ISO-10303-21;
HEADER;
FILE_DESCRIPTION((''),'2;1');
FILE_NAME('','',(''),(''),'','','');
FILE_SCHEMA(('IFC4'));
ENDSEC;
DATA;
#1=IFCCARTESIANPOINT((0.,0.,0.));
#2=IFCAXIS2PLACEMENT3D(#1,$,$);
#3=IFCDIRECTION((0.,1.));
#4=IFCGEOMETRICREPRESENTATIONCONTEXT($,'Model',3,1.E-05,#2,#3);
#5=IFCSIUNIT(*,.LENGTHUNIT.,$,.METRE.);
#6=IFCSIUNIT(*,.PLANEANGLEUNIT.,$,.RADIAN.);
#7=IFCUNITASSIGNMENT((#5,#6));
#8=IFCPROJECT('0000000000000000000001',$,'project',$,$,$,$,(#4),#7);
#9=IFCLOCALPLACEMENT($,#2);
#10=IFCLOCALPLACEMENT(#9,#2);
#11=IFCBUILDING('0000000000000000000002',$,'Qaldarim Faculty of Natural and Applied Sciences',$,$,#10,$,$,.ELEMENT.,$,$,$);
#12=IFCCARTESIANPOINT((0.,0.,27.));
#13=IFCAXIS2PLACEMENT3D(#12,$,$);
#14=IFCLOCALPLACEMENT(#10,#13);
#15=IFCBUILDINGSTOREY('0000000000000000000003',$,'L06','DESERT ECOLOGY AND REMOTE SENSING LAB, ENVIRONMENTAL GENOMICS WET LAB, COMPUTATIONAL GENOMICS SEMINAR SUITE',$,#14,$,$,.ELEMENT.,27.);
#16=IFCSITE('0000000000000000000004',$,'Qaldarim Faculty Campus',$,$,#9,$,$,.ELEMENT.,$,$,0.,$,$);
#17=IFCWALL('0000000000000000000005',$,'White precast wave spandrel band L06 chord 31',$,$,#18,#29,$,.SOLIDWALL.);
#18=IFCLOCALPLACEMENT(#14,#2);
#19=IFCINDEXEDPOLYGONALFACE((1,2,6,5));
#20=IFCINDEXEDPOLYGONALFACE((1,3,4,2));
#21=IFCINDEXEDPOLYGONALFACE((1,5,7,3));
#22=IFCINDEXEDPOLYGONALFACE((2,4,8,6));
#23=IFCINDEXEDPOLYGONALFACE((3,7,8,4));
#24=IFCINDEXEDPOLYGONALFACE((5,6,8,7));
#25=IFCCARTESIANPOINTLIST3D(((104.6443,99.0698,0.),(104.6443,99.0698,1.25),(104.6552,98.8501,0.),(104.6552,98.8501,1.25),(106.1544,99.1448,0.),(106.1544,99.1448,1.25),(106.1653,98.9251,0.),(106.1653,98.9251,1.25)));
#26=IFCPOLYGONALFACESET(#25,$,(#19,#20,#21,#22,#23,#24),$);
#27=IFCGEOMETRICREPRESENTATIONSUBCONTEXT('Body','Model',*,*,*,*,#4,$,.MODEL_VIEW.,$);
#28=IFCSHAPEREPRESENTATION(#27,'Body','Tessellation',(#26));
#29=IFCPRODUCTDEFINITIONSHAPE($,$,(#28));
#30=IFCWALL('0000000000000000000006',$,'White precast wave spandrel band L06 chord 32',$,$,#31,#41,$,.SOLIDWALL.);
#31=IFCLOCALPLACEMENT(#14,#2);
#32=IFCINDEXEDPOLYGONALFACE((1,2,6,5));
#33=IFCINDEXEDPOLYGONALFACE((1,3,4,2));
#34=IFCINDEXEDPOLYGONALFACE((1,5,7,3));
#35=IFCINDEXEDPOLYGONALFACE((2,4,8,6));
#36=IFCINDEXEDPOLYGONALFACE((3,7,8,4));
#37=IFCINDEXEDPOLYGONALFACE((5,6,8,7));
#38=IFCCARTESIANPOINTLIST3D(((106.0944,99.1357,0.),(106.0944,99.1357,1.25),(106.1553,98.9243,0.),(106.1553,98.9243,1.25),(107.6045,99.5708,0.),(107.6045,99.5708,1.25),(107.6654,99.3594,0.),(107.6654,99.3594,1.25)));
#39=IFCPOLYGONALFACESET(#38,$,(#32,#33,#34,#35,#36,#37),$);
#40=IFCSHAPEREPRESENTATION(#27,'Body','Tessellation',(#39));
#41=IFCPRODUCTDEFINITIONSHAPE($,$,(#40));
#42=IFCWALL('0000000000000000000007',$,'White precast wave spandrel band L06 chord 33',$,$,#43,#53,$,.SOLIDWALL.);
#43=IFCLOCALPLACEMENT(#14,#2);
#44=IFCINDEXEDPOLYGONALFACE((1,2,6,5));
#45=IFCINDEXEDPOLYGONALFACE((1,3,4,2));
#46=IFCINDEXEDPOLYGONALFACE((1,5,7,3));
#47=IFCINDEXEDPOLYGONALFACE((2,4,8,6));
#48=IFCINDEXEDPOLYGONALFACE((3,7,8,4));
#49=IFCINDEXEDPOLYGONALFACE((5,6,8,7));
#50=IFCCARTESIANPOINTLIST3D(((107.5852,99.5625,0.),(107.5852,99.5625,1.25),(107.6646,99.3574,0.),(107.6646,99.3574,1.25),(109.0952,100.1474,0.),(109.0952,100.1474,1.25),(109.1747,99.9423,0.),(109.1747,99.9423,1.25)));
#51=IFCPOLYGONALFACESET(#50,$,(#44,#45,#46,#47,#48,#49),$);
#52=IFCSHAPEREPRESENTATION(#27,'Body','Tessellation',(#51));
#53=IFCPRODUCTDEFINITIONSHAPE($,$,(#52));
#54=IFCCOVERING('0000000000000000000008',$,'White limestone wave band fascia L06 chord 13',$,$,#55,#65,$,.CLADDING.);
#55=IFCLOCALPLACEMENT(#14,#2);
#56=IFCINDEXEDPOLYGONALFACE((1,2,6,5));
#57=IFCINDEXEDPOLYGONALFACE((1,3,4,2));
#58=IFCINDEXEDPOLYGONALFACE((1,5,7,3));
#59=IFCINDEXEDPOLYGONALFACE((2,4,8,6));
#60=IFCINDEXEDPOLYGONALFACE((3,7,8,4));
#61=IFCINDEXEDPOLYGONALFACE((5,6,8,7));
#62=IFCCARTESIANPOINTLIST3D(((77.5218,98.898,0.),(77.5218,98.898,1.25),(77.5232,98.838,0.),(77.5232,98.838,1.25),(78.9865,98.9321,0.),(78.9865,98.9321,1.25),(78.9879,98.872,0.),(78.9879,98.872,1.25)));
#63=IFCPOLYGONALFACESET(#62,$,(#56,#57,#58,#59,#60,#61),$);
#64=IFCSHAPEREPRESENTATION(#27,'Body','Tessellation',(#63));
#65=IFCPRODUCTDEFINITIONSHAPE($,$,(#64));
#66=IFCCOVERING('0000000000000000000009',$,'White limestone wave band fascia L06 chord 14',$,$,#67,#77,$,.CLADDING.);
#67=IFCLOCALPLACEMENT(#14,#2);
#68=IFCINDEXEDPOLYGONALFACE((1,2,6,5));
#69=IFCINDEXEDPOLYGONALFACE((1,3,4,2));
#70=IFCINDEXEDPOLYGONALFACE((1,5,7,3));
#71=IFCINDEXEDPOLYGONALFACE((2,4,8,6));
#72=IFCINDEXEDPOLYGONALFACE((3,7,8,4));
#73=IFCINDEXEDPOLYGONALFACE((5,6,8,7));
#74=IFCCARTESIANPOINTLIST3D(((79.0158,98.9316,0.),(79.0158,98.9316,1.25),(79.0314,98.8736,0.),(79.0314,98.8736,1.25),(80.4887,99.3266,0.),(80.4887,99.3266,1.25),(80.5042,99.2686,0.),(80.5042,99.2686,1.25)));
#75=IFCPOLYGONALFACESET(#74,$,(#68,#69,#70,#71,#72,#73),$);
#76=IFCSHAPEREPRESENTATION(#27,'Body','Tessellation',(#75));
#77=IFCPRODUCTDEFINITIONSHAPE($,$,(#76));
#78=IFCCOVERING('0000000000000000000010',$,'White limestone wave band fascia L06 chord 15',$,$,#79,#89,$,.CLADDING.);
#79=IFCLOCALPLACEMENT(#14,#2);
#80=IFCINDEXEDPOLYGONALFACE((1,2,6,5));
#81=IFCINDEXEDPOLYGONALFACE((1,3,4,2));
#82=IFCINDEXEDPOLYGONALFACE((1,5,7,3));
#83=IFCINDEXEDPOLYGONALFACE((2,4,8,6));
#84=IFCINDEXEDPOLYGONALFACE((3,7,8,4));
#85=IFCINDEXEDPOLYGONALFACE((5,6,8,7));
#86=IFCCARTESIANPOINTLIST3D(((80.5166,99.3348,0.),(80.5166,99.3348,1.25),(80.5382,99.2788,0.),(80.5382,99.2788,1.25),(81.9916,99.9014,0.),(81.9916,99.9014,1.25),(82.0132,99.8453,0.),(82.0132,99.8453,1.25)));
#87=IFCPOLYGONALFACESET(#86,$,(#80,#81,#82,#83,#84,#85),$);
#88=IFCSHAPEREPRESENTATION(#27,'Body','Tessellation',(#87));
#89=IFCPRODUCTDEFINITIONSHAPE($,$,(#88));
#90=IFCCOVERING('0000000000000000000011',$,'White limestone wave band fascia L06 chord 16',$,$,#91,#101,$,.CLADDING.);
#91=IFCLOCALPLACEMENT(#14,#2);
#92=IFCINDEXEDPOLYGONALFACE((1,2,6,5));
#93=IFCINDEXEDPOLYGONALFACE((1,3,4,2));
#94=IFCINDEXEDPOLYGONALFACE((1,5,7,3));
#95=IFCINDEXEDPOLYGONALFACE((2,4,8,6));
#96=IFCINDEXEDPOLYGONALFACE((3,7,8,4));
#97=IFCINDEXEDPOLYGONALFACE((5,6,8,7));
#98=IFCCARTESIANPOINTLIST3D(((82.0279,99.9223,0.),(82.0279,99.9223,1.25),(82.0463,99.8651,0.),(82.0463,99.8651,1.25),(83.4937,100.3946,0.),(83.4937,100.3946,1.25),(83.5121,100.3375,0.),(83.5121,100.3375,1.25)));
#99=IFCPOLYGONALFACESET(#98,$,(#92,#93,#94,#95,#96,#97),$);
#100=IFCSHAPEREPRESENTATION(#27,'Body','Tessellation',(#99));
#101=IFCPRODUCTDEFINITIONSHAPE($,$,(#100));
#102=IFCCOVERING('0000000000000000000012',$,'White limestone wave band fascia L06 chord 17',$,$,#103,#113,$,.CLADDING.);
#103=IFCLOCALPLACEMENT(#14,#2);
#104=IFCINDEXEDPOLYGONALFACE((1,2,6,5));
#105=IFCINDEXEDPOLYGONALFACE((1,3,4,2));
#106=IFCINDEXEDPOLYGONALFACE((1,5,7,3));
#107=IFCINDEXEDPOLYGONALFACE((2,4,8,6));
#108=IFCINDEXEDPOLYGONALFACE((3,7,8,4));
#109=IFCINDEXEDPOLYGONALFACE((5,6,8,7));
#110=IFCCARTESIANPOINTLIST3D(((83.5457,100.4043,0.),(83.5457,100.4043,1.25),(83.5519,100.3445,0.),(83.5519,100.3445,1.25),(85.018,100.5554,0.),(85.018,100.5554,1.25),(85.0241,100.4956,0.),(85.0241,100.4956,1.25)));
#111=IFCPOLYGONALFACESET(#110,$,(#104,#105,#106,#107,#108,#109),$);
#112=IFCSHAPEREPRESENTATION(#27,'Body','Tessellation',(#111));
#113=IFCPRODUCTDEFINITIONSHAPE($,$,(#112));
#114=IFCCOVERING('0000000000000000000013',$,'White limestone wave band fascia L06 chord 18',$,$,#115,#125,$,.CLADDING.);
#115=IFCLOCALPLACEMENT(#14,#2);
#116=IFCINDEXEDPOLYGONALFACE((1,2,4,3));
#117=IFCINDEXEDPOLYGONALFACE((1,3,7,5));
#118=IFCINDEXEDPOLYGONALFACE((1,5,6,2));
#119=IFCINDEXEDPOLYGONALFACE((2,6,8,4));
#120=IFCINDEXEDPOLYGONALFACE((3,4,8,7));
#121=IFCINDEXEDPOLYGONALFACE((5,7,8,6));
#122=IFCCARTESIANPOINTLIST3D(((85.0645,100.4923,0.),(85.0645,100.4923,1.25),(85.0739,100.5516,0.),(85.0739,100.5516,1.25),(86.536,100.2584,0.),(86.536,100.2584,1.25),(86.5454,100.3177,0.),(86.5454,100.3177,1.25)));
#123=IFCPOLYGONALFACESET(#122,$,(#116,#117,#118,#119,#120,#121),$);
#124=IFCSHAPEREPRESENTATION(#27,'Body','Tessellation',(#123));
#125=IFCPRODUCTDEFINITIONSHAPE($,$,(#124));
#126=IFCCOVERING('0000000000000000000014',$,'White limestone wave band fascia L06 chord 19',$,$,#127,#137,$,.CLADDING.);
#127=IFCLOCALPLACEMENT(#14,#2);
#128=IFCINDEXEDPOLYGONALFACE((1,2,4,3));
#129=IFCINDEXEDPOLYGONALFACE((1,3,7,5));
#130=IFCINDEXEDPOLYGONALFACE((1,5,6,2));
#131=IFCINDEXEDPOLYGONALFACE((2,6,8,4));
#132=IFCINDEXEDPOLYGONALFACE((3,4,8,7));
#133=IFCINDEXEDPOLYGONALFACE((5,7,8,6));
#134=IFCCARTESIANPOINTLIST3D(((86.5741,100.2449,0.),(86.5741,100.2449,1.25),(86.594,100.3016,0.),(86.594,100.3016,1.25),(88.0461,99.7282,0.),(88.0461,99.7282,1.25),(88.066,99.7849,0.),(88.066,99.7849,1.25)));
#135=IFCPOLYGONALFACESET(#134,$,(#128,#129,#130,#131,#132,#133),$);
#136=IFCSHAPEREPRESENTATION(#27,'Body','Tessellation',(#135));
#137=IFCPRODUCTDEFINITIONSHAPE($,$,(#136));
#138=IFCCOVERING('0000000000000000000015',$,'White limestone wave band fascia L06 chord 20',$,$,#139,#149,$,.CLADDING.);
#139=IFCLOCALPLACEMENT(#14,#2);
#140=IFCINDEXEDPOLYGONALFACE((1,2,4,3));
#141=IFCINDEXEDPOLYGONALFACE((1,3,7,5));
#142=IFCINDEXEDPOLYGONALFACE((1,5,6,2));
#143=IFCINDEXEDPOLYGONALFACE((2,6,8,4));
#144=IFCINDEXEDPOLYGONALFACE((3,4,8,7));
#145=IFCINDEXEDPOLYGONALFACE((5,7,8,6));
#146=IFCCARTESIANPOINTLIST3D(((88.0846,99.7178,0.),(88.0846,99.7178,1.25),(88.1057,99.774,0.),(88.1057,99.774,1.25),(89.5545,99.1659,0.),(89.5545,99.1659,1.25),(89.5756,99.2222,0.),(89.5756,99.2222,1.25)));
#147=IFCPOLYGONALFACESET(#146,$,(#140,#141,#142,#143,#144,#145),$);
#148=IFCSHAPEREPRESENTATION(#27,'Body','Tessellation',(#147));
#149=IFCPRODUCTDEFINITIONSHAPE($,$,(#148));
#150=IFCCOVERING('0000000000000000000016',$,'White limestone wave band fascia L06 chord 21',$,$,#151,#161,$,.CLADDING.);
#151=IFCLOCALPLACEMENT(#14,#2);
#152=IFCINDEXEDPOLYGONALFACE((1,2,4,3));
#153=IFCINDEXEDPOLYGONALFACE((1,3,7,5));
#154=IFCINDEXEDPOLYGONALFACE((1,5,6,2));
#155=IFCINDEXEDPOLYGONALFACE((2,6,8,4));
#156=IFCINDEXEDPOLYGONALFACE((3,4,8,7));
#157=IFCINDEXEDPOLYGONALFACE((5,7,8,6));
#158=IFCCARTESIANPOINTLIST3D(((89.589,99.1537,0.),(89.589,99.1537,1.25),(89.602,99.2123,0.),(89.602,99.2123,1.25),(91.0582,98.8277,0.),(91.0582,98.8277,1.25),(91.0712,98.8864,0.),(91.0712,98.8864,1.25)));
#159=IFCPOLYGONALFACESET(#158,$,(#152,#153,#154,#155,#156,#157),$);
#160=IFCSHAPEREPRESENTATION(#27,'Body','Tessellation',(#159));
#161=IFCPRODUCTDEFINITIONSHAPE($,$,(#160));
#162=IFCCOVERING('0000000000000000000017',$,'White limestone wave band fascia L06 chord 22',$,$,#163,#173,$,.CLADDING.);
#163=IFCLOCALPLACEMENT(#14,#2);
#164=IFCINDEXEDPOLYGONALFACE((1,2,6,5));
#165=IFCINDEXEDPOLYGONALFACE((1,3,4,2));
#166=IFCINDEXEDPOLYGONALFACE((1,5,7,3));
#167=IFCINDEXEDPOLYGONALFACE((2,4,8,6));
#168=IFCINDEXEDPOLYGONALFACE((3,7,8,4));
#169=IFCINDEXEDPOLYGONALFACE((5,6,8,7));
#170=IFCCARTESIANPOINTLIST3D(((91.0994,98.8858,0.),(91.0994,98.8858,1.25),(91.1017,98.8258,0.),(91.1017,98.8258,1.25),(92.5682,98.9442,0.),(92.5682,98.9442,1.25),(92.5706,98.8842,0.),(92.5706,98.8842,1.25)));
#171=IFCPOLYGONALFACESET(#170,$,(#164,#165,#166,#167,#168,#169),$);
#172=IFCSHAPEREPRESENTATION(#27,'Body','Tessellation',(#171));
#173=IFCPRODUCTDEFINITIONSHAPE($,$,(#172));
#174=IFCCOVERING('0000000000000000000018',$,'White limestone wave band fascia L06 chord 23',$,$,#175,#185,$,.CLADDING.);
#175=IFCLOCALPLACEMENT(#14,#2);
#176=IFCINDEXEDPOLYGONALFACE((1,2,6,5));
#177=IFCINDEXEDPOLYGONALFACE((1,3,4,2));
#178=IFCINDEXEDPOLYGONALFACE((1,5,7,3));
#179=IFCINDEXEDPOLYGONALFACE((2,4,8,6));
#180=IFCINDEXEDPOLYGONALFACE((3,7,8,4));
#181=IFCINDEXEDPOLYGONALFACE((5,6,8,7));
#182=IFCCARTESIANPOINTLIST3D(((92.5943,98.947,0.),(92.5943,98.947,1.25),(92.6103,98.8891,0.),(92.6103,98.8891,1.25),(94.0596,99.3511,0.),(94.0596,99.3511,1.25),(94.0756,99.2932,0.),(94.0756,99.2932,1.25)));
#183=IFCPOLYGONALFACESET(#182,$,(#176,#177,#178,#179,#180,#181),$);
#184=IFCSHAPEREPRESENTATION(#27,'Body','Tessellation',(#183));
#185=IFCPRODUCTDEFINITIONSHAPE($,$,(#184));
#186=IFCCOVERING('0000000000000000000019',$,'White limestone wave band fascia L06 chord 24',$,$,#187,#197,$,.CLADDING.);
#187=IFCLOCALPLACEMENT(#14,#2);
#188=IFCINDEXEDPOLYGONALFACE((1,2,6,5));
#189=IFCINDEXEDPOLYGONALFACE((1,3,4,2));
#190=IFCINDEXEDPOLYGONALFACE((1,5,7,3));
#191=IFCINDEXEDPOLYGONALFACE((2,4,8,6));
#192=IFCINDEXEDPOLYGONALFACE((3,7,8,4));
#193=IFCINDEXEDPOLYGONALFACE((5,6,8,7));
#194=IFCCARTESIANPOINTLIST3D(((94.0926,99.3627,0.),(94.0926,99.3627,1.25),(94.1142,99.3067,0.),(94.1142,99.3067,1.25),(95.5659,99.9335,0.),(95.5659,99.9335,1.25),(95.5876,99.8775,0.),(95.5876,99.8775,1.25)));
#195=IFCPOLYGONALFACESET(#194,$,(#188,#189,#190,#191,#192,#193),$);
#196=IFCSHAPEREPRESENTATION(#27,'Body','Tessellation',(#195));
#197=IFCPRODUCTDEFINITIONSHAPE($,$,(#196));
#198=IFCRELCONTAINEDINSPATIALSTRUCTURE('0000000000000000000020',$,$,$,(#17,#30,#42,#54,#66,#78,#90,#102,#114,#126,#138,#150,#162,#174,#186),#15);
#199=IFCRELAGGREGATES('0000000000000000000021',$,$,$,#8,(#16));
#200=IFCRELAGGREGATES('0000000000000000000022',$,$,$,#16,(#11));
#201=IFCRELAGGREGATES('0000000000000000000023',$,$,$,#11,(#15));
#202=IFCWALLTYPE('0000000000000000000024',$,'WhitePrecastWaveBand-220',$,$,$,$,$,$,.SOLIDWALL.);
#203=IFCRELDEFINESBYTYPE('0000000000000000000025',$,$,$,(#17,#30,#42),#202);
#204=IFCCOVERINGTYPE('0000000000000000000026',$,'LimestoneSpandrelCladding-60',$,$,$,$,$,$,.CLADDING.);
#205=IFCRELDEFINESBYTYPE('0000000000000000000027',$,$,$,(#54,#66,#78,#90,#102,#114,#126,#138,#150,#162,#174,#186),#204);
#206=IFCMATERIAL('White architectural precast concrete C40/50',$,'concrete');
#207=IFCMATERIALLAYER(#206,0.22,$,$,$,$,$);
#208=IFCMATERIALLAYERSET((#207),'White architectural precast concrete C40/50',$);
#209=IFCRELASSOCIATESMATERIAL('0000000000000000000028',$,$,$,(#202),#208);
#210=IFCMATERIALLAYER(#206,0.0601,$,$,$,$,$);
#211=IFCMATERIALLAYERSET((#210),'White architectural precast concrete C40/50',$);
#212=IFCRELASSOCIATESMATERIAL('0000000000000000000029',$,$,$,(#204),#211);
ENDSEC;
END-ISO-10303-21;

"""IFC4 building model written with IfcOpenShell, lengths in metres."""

from ifc_helpers import new_model, si_unit, direction, frame, frame_2d, origin, origin_2d, place, context, subcontext, project, spatial, rectangle, extrude, material, layer, layer_set, type_object, element, save


model = new_model("IFC4")

# Units and contexts
model_context = context("Model", 3, precision=1e-05, world=origin(), true_north=direction((0.0, 1.0)))
body_context = subcontext(model_context, "Body", "Model", "MODEL_VIEW")
ifc_project = project(units=[si_unit("LENGTHUNIT", "METRE"), si_unit("PLANEANGLEUNIT", "RADIAN")], contexts=[model_context])

# Site, building, storey
site_placement = place(None, origin())
site = spatial("IfcSite", under=ifc_project, at=site_placement, Name="Qaldarim Faculty Campus", CompositionType="ELEMENT", RefElevation=0.0)
building_placement = place(site_placement, origin())
building = spatial("IfcBuilding", under=site, at=building_placement, Name="Qaldarim Faculty of Natural and Applied Sciences", CompositionType="ELEMENT")
storey_placement = place(building_placement, frame((0.0, 0.0, 27.0)))
storey = spatial("IfcBuildingStorey", under=building, at=storey_placement, Name="L06", Description="DESERT ECOLOGY AND REMOTE SENSING LAB, ENVIRONMENTAL GENOMICS WET LAB, COMPUTATIONAL GENOMICS SEMINAR SUITE", CompositionType="ELEMENT", Elevation=27.0)

# Walls
ifc_material = material(Name="White architectural precast concrete C40/50", Category="concrete")
ifc_layer_1 = layer(ifc_material, 0.22)
ifc_layer_set_1 = layer_set([ifc_layer_1], Name="White architectural precast concrete C40/50")
wall_type = type_object("IfcWallType", Name="WhitePrecastWaveBand-220", PredefinedType="SOLIDWALL", material=ifc_layer_set_1)
wall_1_placement = place(storey_placement, frame((104.6499, 98.96, 0.0), z_axis=(0.0, 0.0, 1.0), x_axis=(0.99877, 0.049575, 0.0)))
element("IfcWall", 1, at=wall_1_placement, inside=storey, type_object=wall_type, Name="White precast wave spandrel band L06 chord 31", PredefinedType="SOLIDWALL", context=body_context, shape_type="SweptSolid", body=[
    extrude(rectangle(XDim=1.512, YDim=0.22, at=frame_2d((0.7559, 0.0))), origin(), (0.0, 0.0, 1.0), 1.25),
])
wall_2_placement = place(storey_placement, frame((106.125, 99.03, 0.0), z_axis=(0.0, 0.0, 1.0), x_axis=(0.960912, 0.276854, 0.0)))
element("IfcWall", 2, at=wall_2_placement, inside=storey, type_object=wall_type, Name="White precast wave spandrel band L06 chord 32", PredefinedType="SOLIDWALL", context=body_context, shape_type="SweptSolid", body=[
    extrude(rectangle(XDim=1.5715, YDim=0.22, at=frame_2d((0.7856, 0.0))), origin(), (0.0, 0.0, 1.0), 1.25),
])
wall_3_placement = place(storey_placement, frame((107.625, 99.46, 0.0), z_axis=(0.0, 0.0, 1.0), x_axis=(0.932476, 0.361231, 0.0)))
element("IfcWall", 3, at=wall_3_placement, inside=storey, type_object=wall_type, Name="White precast wave spandrel band L06 chord 33", PredefinedType="SOLIDWALL", context=body_context, shape_type="SweptSolid", body=[
    extrude(rectangle(XDim=1.6194, YDim=0.22, at=frame_2d((0.8096, 0.0))), origin(), (0.0, 0.0, 1.0), 1.25),
])

# Coverings
ifc_layer_2 = layer(ifc_material, 0.0601)
ifc_layer_set_2 = layer_set([ifc_layer_2], Name="White architectural precast concrete C40/50")
covering_type = type_object("IfcCoveringType", Name="LimestoneSpandrelCladding-60", PredefinedType="CLADDING", material=ifc_layer_set_2)
covering_1_placement = place(storey_placement, frame((78.2549, 98.885, 0.0), z_axis=(0.0, 0.0, 1.0), x_axis=(0.99973, 0.023246, 0.0)))
element("IfcCovering", 4, at=covering_1_placement, inside=storey, type_object=covering_type, Name="White limestone wave band fascia L06 chord 13", PredefinedType="CLADDING", context=body_context, shape_type="SweptSolid", body=[
    extrude(rectangle(XDim=1.4651, YDim=0.0601, at=origin_2d()), origin(), (0.0, 0.0, 1.0), 1.25),
])
covering_2_placement = place(storey_placement, frame((79.76, 99.1001, 0.0), z_axis=(0.0, 0.0, 1.0), x_axis=(0.965863, 0.259055, 0.0)))
element("IfcCovering", 5, at=covering_2_placement, inside=storey, type_object=covering_type, Name="White limestone wave band fascia L06 chord 14", PredefinedType="CLADDING", context=body_context, shape_type="SweptSolid", body=[
    extrude(rectangle(XDim=1.5249, YDim=0.0601, at=origin_2d()), origin(), (0.0, 0.0, 1.0), 1.25),
])
covering_3_placement = place(storey_placement, frame((81.2649, 99.5901, 0.0), z_axis=(0.0, 0.0, 1.0), x_axis=(0.933505, 0.358563, 0.0)))
element("IfcCovering", 6, at=covering_3_placement, inside=storey, type_object=covering_type, Name="White limestone wave band fascia L06 chord 15", PredefinedType="CLADDING", context=body_context, shape_type="SweptSolid", body=[
    extrude(rectangle(XDim=1.5801, YDim=0.0601, at=origin_2d()), origin(), (0.0, 0.0, 1.0), 1.25),
])
covering_4_placement = place(storey_placement, frame((82.77, 100.1299, 0.0), z_axis=(0.0, 0.0, 1.0), x_axis=(0.951798, 0.306725, 0.0)))
element("IfcCovering", 7, at=covering_4_placement, inside=storey, type_object=covering_type, Name="White limestone wave band fascia L06 chord 16", PredefinedType="CLADDING", context=body_context, shape_type="SweptSolid", body=[
    extrude(rectangle(XDim=1.54, YDim=0.0601, at=origin_2d()), origin(), (0.0, 0.0, 1.0), 1.25),
])
covering_5_placement = place(storey_placement, frame((84.2849, 100.45, 0.0), z_axis=(0.0, 0.0, 1.0), x_axis=(0.994773, 0.102115, 0.0)))
element("IfcCovering", 8, at=covering_5_placement, inside=storey, type_object=covering_type, Name="White limestone wave band fascia L06 chord 17", PredefinedType="CLADDING", context=body_context, shape_type="SweptSolid", body=[
    extrude(rectangle(XDim=1.48, YDim=0.0601, at=origin_2d()), origin(), (0.0, 0.0, 1.0), 1.25),
])
covering_6_placement = place(storey_placement, frame((85.8049, 100.405, 0.0), z_axis=(0.0, 0.0, 1.0), x_axis=(0.987604, -0.156969, 0.0)))
element("IfcCovering", 9, at=covering_6_placement, inside=storey, type_object=covering_type, Name="White limestone wave band fascia L06 chord 18", PredefinedType="CLADDING", context=body_context, shape_type="SweptSolid", body=[
    extrude(rectangle(XDim=1.49, YDim=0.0601, at=origin_2d()), origin(), (0.0, 0.0, 1.0), 1.25),
])
covering_7_placement = place(storey_placement, frame((87.3201, 100.0149, 0.0), z_axis=(0.0, 0.0, 1.0), x_axis=(0.943564, -0.33119, 0.0)))
element("IfcCovering", 10, at=covering_7_placement, inside=storey, type_object=covering_type, Name="White limestone wave band fascia L06 chord 19", PredefinedType="CLADDING", context=body_context, shape_type="SweptSolid", body=[
    extrude(rectangle(XDim=1.5601, YDim=0.0601, at=origin_2d()), origin(), (0.0, 0.0, 1.0), 1.25),
])
covering_8_placement = place(storey_placement, frame((88.8301, 99.47, 0.0), z_axis=(0.0, 0.0, 1.0), x_axis=(0.936201, -0.351466, 0.0)))
element("IfcCovering", 11, at=covering_8_placement, inside=storey, type_object=covering_type, Name="White limestone wave band fascia L06 chord 20", PredefinedType="CLADDING", context=body_context, shape_type="SweptSolid", body=[
    extrude(rectangle(XDim=1.5701, YDim=0.0601, at=origin_2d()), origin(), (0.0, 0.0, 1.0), 1.25),
])
covering_9_placement = place(storey_placement, frame((90.3301, 99.02, 0.0), z_axis=(0.0, 0.0, 1.0), x_axis=(0.976262, -0.216593, 0.0)))
element("IfcCovering", 12, at=covering_9_placement, inside=storey, type_object=covering_type, Name="White limestone wave band fascia L06 chord 21", PredefinedType="CLADDING", context=body_context, shape_type="SweptSolid", body=[
    extrude(rectangle(XDim=1.5049, YDim=0.0601, at=origin_2d()), origin(), (0.0, 0.0, 1.0), 1.25),
])
covering_10_placement = place(storey_placement, frame((91.835, 98.885, 0.0), z_axis=(0.0, 0.0, 1.0), x_axis=(0.999212, 0.039696, 0.0)))
element("IfcCovering", 13, at=covering_10_placement, inside=storey, type_object=covering_type, Name="White limestone wave band fascia L06 chord 22", PredefinedType="CLADDING", context=body_context, shape_type="SweptSolid", body=[
    extrude(rectangle(XDim=1.47, YDim=0.0601, at=origin_2d()), origin(), (0.0, 0.0, 1.0), 1.25),
])
covering_11_placement = place(storey_placement, frame((93.335, 99.1201, 0.0), z_axis=(0.0, 0.0, 1.0), x_axis=(0.964021, 0.265825, 0.0)))
element("IfcCovering", 14, at=covering_11_placement, inside=storey, type_object=covering_type, Name="White limestone wave band fascia L06 chord 23", PredefinedType="CLADDING", context=body_context, shape_type="SweptSolid", body=[
    extrude(rectangle(XDim=1.52, YDim=0.0601, at=origin_2d()), origin(), (0.0, 0.0, 1.0), 1.25),
])
covering_12_placement = place(storey_placement, frame((94.8401, 99.6201, 0.0), z_axis=(0.0, 0.0, 1.0), x_axis=(0.932469, 0.36125, 0.0)))
element("IfcCovering", 15, at=covering_12_placement, inside=storey, type_object=covering_type, Name="White limestone wave band fascia L06 chord 24", PredefinedType="CLADDING", context=body_context, shape_type="SweptSolid", body=[
    extrude(rectangle(XDim=1.5801, YDim=0.0601, at=origin_2d()), origin(), (0.0, 0.0, 1.0), 1.25),
])

save(model, "model.ifc")
